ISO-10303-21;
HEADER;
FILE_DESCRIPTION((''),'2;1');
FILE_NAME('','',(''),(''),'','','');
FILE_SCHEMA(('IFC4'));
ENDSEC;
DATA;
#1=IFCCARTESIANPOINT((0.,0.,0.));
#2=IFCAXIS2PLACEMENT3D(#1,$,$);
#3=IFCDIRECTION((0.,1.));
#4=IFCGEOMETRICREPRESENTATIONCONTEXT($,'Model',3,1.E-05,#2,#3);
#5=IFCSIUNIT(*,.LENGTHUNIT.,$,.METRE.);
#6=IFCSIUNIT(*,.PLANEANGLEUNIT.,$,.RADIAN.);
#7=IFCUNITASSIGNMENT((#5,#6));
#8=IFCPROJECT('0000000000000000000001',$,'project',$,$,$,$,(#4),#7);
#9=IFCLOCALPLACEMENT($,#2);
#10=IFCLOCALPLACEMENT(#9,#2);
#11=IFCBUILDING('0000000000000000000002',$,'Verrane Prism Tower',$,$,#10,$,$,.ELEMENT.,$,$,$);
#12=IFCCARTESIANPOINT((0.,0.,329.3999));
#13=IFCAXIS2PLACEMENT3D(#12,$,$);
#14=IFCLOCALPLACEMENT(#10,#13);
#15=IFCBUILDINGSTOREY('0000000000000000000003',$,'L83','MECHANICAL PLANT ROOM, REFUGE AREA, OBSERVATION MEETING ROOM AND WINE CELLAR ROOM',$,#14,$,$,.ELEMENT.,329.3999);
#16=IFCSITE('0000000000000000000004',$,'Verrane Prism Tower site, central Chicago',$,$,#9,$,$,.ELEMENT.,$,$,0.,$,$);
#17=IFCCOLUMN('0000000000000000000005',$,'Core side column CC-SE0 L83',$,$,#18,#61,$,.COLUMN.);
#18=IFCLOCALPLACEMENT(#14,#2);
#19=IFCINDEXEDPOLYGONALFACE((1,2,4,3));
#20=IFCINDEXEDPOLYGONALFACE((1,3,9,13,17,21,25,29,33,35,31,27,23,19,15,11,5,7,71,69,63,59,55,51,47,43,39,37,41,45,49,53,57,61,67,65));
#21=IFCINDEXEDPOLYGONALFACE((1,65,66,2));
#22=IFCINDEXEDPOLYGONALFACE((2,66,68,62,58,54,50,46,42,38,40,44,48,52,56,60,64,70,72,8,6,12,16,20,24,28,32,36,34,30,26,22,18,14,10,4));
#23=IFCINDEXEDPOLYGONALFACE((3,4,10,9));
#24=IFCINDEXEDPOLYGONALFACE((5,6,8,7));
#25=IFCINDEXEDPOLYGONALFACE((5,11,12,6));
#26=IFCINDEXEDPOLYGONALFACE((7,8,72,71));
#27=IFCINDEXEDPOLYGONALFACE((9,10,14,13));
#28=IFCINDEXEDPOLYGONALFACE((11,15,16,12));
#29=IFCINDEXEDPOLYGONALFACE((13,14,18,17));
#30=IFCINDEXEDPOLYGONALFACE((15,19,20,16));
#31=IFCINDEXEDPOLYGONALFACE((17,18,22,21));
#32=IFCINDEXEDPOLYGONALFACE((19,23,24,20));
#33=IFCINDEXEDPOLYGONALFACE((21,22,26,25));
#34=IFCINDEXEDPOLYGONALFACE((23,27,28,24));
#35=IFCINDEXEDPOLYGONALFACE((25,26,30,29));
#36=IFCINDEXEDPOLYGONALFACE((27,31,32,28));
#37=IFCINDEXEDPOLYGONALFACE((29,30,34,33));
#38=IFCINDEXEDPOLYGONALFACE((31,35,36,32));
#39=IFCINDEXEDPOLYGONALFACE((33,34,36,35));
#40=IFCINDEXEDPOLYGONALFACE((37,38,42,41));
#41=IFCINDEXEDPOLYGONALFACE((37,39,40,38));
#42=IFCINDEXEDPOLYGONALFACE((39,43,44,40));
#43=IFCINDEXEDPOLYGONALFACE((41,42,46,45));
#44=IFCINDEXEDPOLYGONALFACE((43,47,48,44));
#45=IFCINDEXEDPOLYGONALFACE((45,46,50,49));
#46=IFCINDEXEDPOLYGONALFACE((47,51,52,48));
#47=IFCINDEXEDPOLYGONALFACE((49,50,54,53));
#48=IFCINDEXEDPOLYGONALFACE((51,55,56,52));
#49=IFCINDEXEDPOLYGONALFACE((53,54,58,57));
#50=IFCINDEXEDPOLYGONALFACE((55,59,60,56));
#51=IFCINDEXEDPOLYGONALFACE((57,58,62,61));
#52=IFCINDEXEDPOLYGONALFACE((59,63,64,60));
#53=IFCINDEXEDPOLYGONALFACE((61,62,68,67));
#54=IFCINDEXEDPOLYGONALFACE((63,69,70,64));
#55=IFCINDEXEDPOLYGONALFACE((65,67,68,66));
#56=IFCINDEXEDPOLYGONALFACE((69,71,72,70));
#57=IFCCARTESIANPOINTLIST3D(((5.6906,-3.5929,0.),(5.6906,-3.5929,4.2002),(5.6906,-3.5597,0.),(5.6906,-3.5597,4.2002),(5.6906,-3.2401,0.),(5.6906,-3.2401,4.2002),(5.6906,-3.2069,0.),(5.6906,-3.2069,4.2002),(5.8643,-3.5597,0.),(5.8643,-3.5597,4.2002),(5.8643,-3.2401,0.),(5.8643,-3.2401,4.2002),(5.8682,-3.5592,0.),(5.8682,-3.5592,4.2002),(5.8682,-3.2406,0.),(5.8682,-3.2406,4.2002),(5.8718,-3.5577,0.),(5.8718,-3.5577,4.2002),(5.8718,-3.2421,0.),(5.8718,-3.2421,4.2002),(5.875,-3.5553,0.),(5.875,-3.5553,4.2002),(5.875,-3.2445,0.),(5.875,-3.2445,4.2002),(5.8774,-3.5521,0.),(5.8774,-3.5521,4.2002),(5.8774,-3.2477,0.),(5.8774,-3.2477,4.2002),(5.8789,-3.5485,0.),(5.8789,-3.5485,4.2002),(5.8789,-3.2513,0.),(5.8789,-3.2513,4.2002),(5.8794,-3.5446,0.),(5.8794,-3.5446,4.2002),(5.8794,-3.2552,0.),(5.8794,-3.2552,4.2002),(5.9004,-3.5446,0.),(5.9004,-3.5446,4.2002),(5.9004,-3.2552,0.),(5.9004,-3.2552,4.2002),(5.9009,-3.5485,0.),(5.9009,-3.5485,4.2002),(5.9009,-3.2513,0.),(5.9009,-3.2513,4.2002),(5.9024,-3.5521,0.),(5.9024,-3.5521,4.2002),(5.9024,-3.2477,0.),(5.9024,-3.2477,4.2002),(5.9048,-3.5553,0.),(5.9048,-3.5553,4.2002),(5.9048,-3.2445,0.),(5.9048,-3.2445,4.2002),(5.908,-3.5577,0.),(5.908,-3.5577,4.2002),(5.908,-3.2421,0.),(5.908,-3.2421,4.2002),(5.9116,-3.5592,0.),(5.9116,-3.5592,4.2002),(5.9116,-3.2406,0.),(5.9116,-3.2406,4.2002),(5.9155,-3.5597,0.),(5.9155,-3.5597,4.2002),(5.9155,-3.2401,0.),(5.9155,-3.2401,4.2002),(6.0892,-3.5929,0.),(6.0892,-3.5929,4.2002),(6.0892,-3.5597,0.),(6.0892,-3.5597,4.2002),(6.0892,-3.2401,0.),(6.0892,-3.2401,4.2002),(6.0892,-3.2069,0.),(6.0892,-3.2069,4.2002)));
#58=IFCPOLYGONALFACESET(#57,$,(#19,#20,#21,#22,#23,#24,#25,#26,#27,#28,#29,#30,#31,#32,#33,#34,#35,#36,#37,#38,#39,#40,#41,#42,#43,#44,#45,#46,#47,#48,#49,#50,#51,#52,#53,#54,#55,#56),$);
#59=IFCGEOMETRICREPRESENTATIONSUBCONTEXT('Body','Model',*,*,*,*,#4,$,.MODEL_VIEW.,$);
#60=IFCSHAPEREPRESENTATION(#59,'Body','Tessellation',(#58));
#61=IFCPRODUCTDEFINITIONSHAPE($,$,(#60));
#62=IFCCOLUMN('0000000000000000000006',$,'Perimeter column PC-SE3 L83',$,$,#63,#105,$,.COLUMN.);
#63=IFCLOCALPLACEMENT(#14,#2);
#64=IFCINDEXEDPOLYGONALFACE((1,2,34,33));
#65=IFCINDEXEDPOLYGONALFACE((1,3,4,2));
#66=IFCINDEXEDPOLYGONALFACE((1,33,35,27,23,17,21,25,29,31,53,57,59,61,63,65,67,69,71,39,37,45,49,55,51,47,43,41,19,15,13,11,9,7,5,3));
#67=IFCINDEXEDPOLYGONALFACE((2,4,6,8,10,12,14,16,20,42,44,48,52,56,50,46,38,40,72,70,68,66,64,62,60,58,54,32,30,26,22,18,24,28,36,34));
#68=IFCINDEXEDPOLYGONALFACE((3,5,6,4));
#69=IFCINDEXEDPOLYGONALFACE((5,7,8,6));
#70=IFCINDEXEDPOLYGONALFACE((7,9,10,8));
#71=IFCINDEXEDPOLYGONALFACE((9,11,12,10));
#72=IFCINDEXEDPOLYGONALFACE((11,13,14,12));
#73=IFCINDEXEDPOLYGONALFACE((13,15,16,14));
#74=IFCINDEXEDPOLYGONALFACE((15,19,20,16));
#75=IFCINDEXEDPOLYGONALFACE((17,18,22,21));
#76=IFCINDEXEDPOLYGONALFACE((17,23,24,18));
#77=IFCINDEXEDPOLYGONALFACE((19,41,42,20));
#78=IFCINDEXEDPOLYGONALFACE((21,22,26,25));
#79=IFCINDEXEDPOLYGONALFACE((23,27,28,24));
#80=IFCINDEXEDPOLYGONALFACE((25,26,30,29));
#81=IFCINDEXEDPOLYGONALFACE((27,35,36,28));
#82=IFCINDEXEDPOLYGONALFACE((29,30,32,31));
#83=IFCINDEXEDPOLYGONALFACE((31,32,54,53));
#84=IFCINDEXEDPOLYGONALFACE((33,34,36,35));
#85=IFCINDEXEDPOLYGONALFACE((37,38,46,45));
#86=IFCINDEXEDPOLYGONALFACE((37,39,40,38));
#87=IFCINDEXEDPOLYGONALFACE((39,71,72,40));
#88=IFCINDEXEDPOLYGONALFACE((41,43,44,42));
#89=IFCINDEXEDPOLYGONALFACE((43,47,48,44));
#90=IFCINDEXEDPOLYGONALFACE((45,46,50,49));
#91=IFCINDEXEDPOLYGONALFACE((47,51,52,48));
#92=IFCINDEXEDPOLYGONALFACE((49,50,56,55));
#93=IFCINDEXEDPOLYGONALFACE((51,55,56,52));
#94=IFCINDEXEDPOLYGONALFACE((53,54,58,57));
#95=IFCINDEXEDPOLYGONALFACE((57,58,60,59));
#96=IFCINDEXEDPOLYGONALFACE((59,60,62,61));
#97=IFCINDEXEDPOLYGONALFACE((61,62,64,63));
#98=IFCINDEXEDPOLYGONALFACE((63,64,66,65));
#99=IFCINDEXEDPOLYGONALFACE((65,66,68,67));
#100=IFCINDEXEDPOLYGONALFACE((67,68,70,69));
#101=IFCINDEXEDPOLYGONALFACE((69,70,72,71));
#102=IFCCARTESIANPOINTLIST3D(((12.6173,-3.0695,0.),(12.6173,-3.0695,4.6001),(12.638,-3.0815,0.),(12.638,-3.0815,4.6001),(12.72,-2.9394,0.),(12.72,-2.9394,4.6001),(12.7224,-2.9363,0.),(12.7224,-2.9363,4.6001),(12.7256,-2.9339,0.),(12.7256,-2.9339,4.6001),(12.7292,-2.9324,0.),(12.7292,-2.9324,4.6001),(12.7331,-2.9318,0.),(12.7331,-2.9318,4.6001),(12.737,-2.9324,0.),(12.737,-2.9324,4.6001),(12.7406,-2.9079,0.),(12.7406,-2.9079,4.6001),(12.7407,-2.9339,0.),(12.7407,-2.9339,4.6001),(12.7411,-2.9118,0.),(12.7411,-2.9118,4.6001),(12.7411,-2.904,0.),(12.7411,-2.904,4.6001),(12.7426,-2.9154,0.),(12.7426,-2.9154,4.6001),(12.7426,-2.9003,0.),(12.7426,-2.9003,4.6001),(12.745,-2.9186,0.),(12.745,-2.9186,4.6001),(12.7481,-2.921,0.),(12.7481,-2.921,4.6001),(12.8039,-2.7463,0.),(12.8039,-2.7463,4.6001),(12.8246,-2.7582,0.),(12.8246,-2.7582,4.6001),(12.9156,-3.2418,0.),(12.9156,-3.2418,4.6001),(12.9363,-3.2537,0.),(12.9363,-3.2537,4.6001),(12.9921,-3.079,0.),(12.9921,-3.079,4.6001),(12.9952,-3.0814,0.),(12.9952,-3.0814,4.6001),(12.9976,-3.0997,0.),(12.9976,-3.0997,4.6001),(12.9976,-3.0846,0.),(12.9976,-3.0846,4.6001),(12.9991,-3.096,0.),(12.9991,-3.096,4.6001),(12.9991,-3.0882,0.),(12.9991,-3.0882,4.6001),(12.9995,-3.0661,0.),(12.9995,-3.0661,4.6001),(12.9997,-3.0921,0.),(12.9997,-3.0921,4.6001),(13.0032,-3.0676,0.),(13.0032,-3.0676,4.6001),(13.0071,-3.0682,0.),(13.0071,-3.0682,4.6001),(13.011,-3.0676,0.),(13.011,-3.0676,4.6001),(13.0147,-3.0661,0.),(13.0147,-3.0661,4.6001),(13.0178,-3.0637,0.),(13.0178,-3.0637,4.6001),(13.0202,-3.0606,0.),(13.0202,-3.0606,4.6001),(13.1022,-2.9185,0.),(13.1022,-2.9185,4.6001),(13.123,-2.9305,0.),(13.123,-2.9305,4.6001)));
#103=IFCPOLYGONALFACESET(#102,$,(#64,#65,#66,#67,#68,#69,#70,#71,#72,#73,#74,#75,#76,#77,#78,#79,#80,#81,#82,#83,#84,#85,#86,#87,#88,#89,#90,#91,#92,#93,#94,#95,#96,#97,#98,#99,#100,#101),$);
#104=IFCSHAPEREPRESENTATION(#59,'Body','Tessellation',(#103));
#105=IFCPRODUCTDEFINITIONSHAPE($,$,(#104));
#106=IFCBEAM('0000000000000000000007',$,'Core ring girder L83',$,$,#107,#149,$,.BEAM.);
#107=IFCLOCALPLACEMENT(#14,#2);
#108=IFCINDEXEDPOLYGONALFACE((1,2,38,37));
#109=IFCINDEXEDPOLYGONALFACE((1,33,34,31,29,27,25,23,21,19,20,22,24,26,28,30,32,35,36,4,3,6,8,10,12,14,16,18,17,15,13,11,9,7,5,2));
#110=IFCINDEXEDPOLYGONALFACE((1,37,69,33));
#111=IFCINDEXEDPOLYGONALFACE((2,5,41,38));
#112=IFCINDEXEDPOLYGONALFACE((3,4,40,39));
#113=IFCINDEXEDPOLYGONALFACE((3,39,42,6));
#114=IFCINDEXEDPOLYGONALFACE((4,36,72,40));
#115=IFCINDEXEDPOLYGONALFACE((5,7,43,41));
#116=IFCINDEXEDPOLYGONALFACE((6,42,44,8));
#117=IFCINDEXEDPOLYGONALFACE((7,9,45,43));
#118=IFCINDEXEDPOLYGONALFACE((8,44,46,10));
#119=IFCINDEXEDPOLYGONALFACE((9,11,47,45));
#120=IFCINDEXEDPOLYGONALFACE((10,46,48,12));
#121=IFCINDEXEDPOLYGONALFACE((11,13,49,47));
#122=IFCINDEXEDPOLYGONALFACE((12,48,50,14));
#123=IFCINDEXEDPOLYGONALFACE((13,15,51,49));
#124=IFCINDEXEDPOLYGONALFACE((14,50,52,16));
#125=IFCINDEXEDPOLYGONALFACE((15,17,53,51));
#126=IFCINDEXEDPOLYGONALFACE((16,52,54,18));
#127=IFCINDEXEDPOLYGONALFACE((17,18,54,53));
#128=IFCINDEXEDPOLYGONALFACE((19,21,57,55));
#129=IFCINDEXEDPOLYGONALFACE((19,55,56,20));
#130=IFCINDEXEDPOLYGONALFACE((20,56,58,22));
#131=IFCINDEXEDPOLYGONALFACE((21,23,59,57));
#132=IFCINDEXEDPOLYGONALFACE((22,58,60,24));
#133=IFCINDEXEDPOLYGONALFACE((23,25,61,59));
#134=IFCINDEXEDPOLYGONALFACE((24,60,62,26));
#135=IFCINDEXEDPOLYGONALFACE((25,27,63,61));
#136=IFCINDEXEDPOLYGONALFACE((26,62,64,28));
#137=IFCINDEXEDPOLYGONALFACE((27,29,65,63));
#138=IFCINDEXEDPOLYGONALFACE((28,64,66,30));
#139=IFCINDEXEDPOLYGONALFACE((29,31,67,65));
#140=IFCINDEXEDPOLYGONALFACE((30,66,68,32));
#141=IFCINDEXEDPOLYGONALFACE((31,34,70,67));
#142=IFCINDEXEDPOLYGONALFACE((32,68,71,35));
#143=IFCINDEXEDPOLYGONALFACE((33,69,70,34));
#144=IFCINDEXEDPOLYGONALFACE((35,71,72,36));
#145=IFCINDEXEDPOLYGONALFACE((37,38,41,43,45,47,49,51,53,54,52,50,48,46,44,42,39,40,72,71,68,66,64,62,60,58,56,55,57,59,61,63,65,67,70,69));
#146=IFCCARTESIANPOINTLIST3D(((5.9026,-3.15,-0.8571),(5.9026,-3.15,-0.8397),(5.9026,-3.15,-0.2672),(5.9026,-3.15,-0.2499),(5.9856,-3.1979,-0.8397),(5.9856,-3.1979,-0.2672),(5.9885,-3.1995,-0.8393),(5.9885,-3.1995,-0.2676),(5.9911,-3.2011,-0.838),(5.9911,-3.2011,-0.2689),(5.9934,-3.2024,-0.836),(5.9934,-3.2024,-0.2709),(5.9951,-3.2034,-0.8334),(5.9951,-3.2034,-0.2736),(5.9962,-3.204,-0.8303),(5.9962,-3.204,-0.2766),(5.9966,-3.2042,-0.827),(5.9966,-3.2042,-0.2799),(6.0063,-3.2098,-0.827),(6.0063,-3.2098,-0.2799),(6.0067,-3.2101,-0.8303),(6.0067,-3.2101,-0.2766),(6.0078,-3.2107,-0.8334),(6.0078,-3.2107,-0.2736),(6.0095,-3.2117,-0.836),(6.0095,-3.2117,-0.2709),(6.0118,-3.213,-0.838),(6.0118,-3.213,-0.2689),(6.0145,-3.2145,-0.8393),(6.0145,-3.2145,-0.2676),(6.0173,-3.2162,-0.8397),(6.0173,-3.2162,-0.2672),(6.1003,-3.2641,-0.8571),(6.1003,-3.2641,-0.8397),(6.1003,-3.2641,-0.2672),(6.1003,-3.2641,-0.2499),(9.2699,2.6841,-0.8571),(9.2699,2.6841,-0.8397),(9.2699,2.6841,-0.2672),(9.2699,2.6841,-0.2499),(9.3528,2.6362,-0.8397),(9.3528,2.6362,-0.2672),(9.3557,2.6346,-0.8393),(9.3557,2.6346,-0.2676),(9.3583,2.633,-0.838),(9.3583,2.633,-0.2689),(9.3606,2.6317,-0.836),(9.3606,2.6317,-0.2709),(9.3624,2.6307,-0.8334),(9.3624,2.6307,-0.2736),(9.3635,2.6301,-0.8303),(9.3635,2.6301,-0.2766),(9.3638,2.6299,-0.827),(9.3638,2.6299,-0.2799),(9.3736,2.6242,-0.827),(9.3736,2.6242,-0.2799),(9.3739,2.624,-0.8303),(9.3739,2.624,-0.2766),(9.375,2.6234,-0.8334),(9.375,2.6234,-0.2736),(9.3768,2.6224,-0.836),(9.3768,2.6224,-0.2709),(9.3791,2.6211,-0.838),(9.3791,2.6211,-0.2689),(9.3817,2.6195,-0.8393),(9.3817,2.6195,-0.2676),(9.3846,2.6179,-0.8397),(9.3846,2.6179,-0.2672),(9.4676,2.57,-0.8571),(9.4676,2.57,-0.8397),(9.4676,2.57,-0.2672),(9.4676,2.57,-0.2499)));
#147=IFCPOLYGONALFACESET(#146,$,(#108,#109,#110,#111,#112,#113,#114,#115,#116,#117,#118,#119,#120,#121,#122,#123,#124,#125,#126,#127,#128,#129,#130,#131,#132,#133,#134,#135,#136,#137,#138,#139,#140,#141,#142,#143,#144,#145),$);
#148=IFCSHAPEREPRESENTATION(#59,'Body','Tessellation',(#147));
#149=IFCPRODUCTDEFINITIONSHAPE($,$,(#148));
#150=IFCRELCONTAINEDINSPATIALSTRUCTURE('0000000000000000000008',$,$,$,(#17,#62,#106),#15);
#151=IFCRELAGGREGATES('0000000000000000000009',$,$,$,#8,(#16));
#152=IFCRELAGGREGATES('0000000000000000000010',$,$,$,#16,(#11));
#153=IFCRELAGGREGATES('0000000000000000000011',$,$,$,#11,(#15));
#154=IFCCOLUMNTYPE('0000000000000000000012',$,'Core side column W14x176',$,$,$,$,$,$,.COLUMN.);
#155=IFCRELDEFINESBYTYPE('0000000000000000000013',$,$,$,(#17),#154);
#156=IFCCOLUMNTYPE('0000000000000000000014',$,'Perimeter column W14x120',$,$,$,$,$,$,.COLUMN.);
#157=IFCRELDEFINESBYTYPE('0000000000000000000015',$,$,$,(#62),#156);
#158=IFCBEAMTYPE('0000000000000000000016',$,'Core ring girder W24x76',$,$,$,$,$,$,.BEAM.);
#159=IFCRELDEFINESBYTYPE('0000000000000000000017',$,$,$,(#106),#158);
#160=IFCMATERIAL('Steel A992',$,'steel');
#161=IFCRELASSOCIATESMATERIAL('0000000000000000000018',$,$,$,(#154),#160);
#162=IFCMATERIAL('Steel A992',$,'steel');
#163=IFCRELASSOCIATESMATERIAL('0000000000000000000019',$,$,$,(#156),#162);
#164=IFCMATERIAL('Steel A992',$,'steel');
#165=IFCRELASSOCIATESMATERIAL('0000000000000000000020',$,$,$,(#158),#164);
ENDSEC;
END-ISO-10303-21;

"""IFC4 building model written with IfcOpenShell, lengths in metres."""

from ifc_helpers import new_model, si_unit, direction, frame, origin, origin_2d, place, context, subcontext, project, spatial, i_section, extrude, material, material_profile, profile_set, type_object, element, save


model = new_model("IFC4")

# Units and contexts
model_context = context("Model", 3, precision=1e-05, world=origin(), true_north=direction((0.0, 1.0)))
body_context = subcontext(model_context, "Body", "Model", "MODEL_VIEW")
ifc_project = project(units=[si_unit("LENGTHUNIT", "METRE"), si_unit("PLANEANGLEUNIT", "RADIAN")], contexts=[model_context])

# Site, building, storey
site_placement = place(None, origin())
site = spatial("IfcSite", under=ifc_project, at=site_placement, Name="Verrane Prism Tower site, central Chicago", CompositionType="ELEMENT", RefElevation=0.0)
building_placement = place(site_placement, origin())
building = spatial("IfcBuilding", under=site, at=building_placement, Name="Verrane Prism Tower", CompositionType="ELEMENT")
storey_placement = place(building_placement, frame((0.0, 0.0, 329.3999)))
storey = spatial("IfcBuildingStorey", under=building, at=storey_placement, Name="L83", Description="MECHANICAL PLANT ROOM, REFUGE AREA, OBSERVATION MEETING ROOM AND WINE CELLAR ROOM", CompositionType="ELEMENT", Elevation=329.3999)

# Columns
ifc_material_1 = material(Name="Steel A992", Category="steel")
ifc_material_profile_1 = material_profile(ifc_material_1, i_section(OverallWidth=0.3987, OverallDepth=0.386, WebThickness=0.021, FlangeThickness=0.0332, FilletRadius=0.0151, at=origin_2d()), Name="W14x176")
ifc_profile_set_1 = profile_set([ifc_material_profile_1], Name="Steel A992")
column_type_1 = type_object("IfcColumnType", Name="Core side column W14x176", PredefinedType="COLUMN", material=ifc_profile_set_1)
column_1_placement = place(storey_placement, frame((5.8899, -3.3999, 0.0), z_axis=(0.0, 0.0, 1.0), x_axis=(1.0, 0.0, 0.0)))
element("IfcColumn", 1, at=column_1_placement, inside=storey, type_object=column_type_1, Name="Core side column CC-SE0 L83", PredefinedType="COLUMN", context=body_context, shape_type="SweptSolid", body=[
    extrude(i_section(OverallWidth=0.3987, OverallDepth=0.386, WebThickness=0.021, FlangeThickness=0.0332, FilletRadius=0.0151, at=origin_2d()), origin(), (0.0, 0.0, 1.0), 4.2002),
])
ifc_material_2 = material(Name="Steel A992", Category="steel")
ifc_material_profile_2 = material_profile(ifc_material_2, i_section(OverallWidth=0.3733, OverallDepth=0.3684, WebThickness=0.0149, FlangeThickness=0.0239, FilletRadius=0.0151, at=origin_2d()), Name="W14x120")
ifc_profile_set_2 = profile_set([ifc_material_profile_2], Name="Steel A992")
column_type_2 = type_object("IfcColumnType", Name="Perimeter column W14x120", PredefinedType="COLUMN", material=ifc_profile_set_2)
column_2_placement = place(storey_placement, frame((12.8701, -3.0, 0.0), z_axis=(0.0, 0.0, 1.0), x_axis=(-0.5, -0.866025, 0.0)))
element("IfcColumn", 2, at=column_2_placement, inside=storey, type_object=column_type_2, Name="Perimeter column PC-SE3 L83", PredefinedType="COLUMN", context=body_context, shape_type="SweptSolid", body=[
    extrude(i_section(OverallWidth=0.3733, OverallDepth=0.3684, WebThickness=0.0149, FlangeThickness=0.0239, FilletRadius=0.0151, at=origin_2d()), origin(), (0.0, 0.0, 1.0), 4.6001),
])

# Beam
ifc_material_3 = material(Name="Steel A992", Category="steel")
ifc_material_profile_3 = material_profile(ifc_material_3, i_section(OverallWidth=0.2283, OverallDepth=0.6072, WebThickness=0.0112, FlangeThickness=0.0173, FilletRadius=0.0127, at=origin_2d()), Name="W24x76")
ifc_profile_set_3 = profile_set([ifc_material_profile_3], Name="Steel A992")
beam_type_1 = type_object("IfcBeamType", Name="Core ring girder W24x76", PredefinedType="BEAM", material=ifc_profile_set_3)
beam_1_placement = place(storey_placement, frame((6.0015, -3.207, -0.5535), z_axis=(0.499881, 0.866094, 0.0), x_axis=(-0.866094, 0.499881, 0.0)))
element("IfcBeam", 3, at=beam_1_placement, inside=storey, type_object=beam_type_1, Name="Core ring girder L83", PredefinedType="BEAM", context=body_context, shape_type="SweptSolid", body=[
    extrude(i_section(OverallWidth=0.2283, OverallDepth=0.6072, WebThickness=0.0112, FlangeThickness=0.0173, FilletRadius=0.0127, at=origin_2d()), origin(), (0.0, 0.0, 1.0), 6.7361),
])

save(model, "model.ifc")
